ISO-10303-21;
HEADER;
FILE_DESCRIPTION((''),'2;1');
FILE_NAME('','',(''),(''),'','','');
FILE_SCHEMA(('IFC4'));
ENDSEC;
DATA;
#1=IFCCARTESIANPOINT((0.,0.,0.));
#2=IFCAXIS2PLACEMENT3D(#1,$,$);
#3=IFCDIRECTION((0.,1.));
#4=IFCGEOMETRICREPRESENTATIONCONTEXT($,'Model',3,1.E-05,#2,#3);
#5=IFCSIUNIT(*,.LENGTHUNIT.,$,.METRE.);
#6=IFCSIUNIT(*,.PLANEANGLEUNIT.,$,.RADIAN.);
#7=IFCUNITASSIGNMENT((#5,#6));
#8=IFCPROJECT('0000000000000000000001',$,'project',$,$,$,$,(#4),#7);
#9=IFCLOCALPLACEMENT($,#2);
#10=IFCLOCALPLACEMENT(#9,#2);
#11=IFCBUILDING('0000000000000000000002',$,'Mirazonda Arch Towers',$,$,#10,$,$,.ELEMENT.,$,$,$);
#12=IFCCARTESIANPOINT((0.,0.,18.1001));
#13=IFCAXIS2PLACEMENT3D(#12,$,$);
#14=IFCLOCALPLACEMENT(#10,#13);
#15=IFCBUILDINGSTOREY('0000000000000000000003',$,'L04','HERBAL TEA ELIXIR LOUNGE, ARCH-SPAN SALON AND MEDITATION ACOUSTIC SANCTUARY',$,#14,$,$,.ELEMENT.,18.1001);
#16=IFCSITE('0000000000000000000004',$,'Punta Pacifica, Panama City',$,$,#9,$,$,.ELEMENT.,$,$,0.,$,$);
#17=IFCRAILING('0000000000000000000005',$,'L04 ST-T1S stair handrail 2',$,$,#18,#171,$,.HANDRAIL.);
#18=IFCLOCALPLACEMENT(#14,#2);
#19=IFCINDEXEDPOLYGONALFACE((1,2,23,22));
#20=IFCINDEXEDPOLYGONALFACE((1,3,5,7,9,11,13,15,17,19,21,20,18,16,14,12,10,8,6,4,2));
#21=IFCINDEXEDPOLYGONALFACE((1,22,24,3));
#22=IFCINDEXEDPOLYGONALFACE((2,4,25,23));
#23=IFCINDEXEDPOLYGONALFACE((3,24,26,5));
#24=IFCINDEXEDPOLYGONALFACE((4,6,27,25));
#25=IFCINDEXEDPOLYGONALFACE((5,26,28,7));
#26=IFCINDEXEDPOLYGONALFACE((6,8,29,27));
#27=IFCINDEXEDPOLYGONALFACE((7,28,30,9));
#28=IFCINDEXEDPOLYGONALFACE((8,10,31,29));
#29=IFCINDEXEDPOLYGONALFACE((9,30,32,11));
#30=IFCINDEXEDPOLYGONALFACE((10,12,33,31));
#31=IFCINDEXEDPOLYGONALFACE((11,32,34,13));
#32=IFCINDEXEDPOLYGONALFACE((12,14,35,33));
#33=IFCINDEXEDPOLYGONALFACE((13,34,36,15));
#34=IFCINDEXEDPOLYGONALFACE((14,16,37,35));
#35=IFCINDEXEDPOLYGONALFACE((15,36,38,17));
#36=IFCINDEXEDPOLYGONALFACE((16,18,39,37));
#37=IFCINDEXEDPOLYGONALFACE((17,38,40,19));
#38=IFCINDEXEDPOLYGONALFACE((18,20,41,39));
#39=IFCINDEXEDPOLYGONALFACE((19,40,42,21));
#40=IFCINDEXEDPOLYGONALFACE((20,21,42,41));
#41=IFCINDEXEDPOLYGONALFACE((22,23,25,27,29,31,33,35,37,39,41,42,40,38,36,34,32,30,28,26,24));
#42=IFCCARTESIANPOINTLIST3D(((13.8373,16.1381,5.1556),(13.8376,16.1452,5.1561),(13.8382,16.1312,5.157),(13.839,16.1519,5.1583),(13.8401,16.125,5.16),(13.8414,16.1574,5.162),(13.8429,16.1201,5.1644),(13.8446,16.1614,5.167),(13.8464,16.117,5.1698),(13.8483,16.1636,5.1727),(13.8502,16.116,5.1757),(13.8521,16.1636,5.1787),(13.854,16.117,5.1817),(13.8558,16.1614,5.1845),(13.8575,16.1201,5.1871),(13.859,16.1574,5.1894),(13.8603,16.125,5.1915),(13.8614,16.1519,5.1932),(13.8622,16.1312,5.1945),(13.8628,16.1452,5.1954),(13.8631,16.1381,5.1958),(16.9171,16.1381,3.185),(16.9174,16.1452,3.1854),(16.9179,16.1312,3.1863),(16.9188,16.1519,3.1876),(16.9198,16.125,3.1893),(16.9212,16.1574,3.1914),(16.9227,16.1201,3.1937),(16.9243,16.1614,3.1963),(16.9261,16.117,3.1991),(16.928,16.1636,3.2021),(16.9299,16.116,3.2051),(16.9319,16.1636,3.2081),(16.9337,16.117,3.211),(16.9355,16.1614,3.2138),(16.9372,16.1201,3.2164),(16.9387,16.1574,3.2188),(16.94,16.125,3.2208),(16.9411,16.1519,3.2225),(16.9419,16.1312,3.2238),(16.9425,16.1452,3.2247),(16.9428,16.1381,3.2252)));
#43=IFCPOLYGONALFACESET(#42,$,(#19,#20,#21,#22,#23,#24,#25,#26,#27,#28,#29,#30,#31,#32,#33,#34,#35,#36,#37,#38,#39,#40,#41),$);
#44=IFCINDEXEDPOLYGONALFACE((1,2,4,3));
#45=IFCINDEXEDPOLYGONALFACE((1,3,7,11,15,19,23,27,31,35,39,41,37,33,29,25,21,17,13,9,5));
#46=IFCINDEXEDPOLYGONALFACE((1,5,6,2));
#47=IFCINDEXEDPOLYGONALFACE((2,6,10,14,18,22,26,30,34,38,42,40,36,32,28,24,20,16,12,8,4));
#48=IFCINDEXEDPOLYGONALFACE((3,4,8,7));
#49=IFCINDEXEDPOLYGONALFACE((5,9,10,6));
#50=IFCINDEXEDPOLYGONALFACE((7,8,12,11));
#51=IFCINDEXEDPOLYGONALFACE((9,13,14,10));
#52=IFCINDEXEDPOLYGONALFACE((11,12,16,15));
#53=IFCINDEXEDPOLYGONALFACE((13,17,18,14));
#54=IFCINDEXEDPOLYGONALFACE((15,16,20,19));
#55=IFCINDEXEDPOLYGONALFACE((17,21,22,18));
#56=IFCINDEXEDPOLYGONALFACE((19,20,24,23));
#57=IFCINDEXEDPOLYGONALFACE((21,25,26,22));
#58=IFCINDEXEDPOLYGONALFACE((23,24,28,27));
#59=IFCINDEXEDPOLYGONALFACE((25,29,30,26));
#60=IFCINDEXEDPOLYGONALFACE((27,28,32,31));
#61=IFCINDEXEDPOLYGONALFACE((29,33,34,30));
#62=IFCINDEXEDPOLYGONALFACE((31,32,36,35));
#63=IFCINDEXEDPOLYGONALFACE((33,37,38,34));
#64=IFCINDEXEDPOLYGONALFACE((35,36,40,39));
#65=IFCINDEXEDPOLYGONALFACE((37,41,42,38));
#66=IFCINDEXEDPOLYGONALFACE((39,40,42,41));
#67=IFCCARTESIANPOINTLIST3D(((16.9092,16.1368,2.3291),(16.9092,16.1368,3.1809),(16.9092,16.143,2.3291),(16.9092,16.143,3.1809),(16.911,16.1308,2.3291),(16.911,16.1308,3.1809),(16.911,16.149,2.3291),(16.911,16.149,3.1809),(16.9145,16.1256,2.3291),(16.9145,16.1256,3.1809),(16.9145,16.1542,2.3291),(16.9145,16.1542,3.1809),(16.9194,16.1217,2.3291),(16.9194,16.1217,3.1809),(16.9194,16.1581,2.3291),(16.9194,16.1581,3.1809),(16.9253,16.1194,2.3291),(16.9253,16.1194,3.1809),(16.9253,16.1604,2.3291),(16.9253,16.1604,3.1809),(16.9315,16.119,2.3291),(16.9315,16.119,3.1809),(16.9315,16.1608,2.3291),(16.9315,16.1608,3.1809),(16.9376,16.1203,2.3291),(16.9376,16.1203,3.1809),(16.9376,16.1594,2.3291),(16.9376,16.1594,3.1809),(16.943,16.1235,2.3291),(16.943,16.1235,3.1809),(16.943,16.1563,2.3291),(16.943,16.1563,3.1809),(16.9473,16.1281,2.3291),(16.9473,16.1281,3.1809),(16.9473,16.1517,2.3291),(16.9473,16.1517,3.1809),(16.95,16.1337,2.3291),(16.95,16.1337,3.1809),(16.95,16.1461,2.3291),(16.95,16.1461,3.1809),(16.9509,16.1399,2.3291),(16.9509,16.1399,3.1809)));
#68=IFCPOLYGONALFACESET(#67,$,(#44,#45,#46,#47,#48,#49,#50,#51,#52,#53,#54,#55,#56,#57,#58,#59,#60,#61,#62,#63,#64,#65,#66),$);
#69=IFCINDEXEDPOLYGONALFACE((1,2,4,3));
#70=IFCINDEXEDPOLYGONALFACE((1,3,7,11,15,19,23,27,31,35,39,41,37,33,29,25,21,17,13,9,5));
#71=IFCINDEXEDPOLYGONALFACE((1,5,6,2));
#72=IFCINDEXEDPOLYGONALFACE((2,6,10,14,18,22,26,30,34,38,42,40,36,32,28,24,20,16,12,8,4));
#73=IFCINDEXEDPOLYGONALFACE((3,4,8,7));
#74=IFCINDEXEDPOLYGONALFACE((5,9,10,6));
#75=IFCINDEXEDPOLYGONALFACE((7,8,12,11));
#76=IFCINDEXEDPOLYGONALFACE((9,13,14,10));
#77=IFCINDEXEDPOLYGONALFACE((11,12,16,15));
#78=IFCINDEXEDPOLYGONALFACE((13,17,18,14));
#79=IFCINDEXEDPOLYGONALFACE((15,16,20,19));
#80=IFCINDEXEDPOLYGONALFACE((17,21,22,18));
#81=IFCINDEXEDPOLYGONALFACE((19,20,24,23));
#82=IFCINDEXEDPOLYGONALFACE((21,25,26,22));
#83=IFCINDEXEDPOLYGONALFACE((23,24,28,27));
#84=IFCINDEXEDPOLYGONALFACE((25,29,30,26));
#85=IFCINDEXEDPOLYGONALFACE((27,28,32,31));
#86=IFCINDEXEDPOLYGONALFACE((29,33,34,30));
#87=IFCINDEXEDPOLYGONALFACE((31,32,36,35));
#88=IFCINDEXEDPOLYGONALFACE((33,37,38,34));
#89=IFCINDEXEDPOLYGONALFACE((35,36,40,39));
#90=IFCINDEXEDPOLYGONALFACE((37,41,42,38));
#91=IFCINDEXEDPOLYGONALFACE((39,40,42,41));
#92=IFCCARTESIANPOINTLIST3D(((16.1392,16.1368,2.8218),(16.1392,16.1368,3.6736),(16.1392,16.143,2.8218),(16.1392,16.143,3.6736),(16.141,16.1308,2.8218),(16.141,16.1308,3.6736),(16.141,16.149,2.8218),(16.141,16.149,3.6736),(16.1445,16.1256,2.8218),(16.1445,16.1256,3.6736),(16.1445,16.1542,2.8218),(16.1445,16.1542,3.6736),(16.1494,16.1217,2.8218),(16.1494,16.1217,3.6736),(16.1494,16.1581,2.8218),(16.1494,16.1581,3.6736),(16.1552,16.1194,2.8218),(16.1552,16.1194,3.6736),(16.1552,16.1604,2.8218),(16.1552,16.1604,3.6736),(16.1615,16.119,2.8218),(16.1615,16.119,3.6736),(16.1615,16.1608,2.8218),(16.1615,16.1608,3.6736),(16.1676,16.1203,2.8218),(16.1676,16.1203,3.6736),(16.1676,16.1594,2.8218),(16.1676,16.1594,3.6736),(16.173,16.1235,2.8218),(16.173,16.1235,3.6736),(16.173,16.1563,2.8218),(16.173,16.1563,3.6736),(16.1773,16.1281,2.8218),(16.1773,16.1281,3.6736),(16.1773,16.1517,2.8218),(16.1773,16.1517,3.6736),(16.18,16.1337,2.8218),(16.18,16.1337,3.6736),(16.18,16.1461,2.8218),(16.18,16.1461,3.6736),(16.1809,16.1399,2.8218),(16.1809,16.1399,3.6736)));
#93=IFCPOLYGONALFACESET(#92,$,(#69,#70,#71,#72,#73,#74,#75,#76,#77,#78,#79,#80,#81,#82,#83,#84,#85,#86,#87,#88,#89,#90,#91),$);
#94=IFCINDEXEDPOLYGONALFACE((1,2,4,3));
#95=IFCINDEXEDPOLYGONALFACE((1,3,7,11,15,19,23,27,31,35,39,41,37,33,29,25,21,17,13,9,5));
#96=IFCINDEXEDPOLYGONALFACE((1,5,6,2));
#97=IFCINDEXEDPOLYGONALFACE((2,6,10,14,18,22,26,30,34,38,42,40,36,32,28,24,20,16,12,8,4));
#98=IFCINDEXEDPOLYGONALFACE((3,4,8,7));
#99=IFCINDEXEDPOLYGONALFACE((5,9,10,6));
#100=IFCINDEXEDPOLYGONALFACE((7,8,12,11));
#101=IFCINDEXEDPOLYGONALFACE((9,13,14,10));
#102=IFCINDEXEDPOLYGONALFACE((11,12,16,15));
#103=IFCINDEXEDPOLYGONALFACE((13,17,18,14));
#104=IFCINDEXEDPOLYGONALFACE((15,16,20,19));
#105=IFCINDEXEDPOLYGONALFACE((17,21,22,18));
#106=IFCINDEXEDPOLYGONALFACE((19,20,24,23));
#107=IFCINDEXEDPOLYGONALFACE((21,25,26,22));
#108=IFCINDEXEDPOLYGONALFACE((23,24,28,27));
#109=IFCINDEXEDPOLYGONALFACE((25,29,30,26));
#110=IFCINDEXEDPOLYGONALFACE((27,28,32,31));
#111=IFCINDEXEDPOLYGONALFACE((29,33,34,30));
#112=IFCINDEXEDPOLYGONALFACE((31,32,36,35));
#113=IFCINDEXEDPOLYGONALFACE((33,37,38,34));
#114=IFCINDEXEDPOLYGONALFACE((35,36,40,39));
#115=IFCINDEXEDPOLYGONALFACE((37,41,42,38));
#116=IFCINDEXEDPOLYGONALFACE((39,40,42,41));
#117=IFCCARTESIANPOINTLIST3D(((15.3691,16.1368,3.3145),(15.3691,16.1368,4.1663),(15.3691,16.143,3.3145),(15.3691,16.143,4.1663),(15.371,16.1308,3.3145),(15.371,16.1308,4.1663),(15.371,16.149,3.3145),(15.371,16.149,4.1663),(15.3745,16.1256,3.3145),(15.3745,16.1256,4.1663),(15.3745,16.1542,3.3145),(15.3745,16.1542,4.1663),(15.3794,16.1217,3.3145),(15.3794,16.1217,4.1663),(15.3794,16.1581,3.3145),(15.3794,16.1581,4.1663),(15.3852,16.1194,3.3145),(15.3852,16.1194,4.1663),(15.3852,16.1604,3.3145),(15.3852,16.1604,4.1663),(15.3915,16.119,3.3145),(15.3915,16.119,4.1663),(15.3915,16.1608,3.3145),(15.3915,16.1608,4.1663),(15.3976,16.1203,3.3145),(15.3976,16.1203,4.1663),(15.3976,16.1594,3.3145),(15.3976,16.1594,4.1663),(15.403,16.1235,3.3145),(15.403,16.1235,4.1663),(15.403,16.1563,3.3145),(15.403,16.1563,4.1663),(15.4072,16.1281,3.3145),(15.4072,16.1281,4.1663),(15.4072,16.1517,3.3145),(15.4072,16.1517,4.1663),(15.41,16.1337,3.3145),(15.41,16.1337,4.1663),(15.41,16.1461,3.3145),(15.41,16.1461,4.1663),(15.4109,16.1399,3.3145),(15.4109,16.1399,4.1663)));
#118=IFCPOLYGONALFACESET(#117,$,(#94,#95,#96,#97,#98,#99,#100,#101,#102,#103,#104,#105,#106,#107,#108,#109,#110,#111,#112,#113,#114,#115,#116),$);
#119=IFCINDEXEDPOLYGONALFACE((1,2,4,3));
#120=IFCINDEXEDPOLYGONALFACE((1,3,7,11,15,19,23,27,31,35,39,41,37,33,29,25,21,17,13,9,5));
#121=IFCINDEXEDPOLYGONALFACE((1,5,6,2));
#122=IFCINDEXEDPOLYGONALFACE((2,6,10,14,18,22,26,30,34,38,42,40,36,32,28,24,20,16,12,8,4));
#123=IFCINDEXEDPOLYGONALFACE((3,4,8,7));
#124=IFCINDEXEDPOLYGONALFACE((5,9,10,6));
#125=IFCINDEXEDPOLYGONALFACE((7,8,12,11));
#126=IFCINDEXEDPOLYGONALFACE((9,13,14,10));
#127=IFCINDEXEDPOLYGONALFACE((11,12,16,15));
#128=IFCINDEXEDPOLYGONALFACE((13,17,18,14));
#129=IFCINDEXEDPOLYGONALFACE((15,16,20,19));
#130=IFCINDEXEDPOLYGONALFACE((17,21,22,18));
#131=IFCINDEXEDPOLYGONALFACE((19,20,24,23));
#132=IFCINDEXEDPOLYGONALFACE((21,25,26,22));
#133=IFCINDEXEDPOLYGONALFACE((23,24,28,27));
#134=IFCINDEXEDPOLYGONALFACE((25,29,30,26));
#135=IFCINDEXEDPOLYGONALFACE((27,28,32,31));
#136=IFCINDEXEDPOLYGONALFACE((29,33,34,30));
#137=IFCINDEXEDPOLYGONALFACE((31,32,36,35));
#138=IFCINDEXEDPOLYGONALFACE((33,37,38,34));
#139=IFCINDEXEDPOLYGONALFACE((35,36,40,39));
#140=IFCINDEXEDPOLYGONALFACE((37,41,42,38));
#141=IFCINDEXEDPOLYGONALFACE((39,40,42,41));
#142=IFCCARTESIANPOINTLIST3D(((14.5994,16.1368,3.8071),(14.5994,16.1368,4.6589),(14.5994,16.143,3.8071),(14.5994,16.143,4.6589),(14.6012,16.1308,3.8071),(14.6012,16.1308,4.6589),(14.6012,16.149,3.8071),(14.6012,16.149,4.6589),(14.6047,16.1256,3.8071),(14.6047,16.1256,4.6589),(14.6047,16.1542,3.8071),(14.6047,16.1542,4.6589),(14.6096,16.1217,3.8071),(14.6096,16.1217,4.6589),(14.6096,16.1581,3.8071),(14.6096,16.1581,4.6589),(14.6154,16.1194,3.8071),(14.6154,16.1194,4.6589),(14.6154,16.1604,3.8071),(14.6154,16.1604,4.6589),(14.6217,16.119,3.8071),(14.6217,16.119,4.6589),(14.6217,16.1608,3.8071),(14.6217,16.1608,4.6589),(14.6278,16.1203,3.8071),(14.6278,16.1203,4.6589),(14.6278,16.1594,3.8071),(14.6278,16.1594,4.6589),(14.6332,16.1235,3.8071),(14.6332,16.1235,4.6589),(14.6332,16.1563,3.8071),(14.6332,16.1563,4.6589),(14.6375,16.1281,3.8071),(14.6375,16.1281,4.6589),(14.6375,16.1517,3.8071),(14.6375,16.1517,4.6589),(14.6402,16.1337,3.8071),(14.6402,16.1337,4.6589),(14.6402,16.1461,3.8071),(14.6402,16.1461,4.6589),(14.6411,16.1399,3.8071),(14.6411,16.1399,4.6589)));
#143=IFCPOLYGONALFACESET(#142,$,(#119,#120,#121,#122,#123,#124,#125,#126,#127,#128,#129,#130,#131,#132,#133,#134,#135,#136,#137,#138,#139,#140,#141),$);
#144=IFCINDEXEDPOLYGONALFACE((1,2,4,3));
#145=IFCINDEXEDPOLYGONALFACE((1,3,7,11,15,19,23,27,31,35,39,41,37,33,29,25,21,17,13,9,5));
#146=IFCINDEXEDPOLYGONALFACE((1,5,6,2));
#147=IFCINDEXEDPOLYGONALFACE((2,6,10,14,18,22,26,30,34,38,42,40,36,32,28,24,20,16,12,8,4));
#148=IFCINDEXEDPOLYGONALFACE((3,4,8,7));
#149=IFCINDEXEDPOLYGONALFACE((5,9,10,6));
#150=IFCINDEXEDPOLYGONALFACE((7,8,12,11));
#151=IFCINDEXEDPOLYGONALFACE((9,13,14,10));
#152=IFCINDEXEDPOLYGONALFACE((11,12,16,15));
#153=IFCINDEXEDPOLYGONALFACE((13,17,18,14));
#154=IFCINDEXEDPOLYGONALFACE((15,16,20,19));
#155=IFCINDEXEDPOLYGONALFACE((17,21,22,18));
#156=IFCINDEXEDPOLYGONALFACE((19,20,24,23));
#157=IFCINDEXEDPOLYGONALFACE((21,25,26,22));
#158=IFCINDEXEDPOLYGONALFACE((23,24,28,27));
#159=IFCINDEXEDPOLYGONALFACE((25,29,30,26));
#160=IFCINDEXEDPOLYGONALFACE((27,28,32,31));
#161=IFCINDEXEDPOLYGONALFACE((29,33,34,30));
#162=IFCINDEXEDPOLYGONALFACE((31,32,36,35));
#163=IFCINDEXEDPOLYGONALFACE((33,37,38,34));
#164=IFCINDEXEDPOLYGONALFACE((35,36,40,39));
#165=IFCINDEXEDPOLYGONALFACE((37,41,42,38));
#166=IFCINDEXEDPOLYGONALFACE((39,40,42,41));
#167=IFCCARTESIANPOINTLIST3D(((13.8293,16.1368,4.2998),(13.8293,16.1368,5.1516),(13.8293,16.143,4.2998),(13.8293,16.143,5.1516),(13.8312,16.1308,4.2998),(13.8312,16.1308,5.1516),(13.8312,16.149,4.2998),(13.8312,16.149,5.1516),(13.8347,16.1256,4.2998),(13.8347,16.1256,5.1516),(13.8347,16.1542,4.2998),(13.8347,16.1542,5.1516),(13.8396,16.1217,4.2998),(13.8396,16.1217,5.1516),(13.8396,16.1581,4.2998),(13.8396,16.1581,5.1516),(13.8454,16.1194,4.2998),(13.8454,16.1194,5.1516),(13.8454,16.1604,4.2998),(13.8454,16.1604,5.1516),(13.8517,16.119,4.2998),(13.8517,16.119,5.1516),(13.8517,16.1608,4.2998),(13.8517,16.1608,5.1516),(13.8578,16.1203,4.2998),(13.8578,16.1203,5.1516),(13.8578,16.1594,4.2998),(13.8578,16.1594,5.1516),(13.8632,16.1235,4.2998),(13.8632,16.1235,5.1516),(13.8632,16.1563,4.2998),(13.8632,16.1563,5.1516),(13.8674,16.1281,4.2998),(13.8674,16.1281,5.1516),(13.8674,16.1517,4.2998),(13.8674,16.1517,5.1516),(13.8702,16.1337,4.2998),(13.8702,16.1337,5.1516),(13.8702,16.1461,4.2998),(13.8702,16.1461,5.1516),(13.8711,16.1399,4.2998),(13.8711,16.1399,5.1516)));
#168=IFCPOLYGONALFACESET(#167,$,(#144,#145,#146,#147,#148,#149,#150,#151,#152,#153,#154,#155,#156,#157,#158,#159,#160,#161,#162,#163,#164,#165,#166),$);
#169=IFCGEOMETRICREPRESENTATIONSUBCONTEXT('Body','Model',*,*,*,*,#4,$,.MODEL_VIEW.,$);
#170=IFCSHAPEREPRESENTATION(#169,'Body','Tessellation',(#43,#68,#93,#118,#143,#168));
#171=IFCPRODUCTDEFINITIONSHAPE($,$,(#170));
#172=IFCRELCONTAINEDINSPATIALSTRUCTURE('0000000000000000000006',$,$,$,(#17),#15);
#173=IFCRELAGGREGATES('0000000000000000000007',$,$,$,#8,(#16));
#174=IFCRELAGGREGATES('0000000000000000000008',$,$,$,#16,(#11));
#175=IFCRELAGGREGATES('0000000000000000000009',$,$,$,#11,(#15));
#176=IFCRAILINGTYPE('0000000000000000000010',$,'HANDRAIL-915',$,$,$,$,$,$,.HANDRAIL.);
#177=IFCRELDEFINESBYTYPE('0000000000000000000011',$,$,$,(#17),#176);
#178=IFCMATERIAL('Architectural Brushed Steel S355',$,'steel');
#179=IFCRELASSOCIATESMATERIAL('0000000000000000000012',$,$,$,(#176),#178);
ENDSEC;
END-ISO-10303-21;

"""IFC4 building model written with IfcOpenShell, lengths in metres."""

from ifc_helpers import new_model, si_unit, direction, frame, origin, origin_2d, place, context, subcontext, project, spatial, circle, extrude, material, type_object, element, save


model = new_model("IFC4")

# Units and contexts
model_context = context("Model", 3, precision=1e-05, world=origin(), true_north=direction((0.0, 1.0)))
body_context = subcontext(model_context, "Body", "Model", "MODEL_VIEW")
ifc_project = project(units=[si_unit("LENGTHUNIT", "METRE"), si_unit("PLANEANGLEUNIT", "RADIAN")], contexts=[model_context])

# Site, building, storey
site_placement = place(None, origin())
site = spatial("IfcSite", under=ifc_project, at=site_placement, Name="Punta Pacifica, Panama City", CompositionType="ELEMENT", RefElevation=0.0)
building_placement = place(site_placement, origin())
building = spatial("IfcBuilding", under=site, at=building_placement, Name="Mirazonda Arch Towers", CompositionType="ELEMENT")
storey_placement = place(building_placement, frame((0.0, 0.0, 18.1001)))
storey = spatial("IfcBuildingStorey", under=building, at=storey_placement, Name="L04", Description="HERBAL TEA ELIXIR LOUNGE, ARCH-SPAN SALON AND MEDITATION ACOUSTIC SANCTUARY", CompositionType="ELEMENT", Elevation=18.1001)

# Shared definitions
ifc_material_1 = material(Name="Architectural Brushed Steel S355", Category="steel")

# Railing
railing_type_1 = type_object("IfcRailingType", Name="HANDRAIL-915", PredefinedType="HANDRAIL", material=ifc_material_1)
railing_1_placement = place(storey_placement, frame((16.9299, 16.1399, 2.3291)))
element("IfcRailing", 1, at=railing_1_placement, inside=storey, type_object=railing_type_1, Name="L04 ST-T1S stair handrail 2", PredefinedType="HANDRAIL", context=body_context, shape_type="SweptSolid", body=[
    extrude(circle(Radius=0.0239, at=origin_2d()), frame((0.0, 0.0, 0.876), z_axis=(-0.84232, 0.0, 0.538978), x_axis=(0.0, -1.0, 0.0)), (0.0, 0.0, 1.0), 3.6562),
    extrude(circle(Radius=0.021, at=origin_2d()), origin(), (0.0, 0.0, 1.0), 0.8518),
    extrude(circle(Radius=0.021, at=origin_2d()), frame((-0.77, 0.0, 0.4927)), (0.0, 0.0, 1.0), 0.8518),
    extrude(circle(Radius=0.021, at=origin_2d()), frame((-1.54, 0.0, 0.9854)), (0.0, 0.0, 1.0), 0.8518),
    extrude(circle(Radius=0.021, at=origin_2d()), frame((-2.3098, 0.0, 1.478)), (0.0, 0.0, 1.0), 0.8518),
    extrude(circle(Radius=0.021, at=origin_2d()), frame((-3.0798, 0.0, 1.9707)), (0.0, 0.0, 1.0), 0.8518),
])

save(model, "model.ifc")
